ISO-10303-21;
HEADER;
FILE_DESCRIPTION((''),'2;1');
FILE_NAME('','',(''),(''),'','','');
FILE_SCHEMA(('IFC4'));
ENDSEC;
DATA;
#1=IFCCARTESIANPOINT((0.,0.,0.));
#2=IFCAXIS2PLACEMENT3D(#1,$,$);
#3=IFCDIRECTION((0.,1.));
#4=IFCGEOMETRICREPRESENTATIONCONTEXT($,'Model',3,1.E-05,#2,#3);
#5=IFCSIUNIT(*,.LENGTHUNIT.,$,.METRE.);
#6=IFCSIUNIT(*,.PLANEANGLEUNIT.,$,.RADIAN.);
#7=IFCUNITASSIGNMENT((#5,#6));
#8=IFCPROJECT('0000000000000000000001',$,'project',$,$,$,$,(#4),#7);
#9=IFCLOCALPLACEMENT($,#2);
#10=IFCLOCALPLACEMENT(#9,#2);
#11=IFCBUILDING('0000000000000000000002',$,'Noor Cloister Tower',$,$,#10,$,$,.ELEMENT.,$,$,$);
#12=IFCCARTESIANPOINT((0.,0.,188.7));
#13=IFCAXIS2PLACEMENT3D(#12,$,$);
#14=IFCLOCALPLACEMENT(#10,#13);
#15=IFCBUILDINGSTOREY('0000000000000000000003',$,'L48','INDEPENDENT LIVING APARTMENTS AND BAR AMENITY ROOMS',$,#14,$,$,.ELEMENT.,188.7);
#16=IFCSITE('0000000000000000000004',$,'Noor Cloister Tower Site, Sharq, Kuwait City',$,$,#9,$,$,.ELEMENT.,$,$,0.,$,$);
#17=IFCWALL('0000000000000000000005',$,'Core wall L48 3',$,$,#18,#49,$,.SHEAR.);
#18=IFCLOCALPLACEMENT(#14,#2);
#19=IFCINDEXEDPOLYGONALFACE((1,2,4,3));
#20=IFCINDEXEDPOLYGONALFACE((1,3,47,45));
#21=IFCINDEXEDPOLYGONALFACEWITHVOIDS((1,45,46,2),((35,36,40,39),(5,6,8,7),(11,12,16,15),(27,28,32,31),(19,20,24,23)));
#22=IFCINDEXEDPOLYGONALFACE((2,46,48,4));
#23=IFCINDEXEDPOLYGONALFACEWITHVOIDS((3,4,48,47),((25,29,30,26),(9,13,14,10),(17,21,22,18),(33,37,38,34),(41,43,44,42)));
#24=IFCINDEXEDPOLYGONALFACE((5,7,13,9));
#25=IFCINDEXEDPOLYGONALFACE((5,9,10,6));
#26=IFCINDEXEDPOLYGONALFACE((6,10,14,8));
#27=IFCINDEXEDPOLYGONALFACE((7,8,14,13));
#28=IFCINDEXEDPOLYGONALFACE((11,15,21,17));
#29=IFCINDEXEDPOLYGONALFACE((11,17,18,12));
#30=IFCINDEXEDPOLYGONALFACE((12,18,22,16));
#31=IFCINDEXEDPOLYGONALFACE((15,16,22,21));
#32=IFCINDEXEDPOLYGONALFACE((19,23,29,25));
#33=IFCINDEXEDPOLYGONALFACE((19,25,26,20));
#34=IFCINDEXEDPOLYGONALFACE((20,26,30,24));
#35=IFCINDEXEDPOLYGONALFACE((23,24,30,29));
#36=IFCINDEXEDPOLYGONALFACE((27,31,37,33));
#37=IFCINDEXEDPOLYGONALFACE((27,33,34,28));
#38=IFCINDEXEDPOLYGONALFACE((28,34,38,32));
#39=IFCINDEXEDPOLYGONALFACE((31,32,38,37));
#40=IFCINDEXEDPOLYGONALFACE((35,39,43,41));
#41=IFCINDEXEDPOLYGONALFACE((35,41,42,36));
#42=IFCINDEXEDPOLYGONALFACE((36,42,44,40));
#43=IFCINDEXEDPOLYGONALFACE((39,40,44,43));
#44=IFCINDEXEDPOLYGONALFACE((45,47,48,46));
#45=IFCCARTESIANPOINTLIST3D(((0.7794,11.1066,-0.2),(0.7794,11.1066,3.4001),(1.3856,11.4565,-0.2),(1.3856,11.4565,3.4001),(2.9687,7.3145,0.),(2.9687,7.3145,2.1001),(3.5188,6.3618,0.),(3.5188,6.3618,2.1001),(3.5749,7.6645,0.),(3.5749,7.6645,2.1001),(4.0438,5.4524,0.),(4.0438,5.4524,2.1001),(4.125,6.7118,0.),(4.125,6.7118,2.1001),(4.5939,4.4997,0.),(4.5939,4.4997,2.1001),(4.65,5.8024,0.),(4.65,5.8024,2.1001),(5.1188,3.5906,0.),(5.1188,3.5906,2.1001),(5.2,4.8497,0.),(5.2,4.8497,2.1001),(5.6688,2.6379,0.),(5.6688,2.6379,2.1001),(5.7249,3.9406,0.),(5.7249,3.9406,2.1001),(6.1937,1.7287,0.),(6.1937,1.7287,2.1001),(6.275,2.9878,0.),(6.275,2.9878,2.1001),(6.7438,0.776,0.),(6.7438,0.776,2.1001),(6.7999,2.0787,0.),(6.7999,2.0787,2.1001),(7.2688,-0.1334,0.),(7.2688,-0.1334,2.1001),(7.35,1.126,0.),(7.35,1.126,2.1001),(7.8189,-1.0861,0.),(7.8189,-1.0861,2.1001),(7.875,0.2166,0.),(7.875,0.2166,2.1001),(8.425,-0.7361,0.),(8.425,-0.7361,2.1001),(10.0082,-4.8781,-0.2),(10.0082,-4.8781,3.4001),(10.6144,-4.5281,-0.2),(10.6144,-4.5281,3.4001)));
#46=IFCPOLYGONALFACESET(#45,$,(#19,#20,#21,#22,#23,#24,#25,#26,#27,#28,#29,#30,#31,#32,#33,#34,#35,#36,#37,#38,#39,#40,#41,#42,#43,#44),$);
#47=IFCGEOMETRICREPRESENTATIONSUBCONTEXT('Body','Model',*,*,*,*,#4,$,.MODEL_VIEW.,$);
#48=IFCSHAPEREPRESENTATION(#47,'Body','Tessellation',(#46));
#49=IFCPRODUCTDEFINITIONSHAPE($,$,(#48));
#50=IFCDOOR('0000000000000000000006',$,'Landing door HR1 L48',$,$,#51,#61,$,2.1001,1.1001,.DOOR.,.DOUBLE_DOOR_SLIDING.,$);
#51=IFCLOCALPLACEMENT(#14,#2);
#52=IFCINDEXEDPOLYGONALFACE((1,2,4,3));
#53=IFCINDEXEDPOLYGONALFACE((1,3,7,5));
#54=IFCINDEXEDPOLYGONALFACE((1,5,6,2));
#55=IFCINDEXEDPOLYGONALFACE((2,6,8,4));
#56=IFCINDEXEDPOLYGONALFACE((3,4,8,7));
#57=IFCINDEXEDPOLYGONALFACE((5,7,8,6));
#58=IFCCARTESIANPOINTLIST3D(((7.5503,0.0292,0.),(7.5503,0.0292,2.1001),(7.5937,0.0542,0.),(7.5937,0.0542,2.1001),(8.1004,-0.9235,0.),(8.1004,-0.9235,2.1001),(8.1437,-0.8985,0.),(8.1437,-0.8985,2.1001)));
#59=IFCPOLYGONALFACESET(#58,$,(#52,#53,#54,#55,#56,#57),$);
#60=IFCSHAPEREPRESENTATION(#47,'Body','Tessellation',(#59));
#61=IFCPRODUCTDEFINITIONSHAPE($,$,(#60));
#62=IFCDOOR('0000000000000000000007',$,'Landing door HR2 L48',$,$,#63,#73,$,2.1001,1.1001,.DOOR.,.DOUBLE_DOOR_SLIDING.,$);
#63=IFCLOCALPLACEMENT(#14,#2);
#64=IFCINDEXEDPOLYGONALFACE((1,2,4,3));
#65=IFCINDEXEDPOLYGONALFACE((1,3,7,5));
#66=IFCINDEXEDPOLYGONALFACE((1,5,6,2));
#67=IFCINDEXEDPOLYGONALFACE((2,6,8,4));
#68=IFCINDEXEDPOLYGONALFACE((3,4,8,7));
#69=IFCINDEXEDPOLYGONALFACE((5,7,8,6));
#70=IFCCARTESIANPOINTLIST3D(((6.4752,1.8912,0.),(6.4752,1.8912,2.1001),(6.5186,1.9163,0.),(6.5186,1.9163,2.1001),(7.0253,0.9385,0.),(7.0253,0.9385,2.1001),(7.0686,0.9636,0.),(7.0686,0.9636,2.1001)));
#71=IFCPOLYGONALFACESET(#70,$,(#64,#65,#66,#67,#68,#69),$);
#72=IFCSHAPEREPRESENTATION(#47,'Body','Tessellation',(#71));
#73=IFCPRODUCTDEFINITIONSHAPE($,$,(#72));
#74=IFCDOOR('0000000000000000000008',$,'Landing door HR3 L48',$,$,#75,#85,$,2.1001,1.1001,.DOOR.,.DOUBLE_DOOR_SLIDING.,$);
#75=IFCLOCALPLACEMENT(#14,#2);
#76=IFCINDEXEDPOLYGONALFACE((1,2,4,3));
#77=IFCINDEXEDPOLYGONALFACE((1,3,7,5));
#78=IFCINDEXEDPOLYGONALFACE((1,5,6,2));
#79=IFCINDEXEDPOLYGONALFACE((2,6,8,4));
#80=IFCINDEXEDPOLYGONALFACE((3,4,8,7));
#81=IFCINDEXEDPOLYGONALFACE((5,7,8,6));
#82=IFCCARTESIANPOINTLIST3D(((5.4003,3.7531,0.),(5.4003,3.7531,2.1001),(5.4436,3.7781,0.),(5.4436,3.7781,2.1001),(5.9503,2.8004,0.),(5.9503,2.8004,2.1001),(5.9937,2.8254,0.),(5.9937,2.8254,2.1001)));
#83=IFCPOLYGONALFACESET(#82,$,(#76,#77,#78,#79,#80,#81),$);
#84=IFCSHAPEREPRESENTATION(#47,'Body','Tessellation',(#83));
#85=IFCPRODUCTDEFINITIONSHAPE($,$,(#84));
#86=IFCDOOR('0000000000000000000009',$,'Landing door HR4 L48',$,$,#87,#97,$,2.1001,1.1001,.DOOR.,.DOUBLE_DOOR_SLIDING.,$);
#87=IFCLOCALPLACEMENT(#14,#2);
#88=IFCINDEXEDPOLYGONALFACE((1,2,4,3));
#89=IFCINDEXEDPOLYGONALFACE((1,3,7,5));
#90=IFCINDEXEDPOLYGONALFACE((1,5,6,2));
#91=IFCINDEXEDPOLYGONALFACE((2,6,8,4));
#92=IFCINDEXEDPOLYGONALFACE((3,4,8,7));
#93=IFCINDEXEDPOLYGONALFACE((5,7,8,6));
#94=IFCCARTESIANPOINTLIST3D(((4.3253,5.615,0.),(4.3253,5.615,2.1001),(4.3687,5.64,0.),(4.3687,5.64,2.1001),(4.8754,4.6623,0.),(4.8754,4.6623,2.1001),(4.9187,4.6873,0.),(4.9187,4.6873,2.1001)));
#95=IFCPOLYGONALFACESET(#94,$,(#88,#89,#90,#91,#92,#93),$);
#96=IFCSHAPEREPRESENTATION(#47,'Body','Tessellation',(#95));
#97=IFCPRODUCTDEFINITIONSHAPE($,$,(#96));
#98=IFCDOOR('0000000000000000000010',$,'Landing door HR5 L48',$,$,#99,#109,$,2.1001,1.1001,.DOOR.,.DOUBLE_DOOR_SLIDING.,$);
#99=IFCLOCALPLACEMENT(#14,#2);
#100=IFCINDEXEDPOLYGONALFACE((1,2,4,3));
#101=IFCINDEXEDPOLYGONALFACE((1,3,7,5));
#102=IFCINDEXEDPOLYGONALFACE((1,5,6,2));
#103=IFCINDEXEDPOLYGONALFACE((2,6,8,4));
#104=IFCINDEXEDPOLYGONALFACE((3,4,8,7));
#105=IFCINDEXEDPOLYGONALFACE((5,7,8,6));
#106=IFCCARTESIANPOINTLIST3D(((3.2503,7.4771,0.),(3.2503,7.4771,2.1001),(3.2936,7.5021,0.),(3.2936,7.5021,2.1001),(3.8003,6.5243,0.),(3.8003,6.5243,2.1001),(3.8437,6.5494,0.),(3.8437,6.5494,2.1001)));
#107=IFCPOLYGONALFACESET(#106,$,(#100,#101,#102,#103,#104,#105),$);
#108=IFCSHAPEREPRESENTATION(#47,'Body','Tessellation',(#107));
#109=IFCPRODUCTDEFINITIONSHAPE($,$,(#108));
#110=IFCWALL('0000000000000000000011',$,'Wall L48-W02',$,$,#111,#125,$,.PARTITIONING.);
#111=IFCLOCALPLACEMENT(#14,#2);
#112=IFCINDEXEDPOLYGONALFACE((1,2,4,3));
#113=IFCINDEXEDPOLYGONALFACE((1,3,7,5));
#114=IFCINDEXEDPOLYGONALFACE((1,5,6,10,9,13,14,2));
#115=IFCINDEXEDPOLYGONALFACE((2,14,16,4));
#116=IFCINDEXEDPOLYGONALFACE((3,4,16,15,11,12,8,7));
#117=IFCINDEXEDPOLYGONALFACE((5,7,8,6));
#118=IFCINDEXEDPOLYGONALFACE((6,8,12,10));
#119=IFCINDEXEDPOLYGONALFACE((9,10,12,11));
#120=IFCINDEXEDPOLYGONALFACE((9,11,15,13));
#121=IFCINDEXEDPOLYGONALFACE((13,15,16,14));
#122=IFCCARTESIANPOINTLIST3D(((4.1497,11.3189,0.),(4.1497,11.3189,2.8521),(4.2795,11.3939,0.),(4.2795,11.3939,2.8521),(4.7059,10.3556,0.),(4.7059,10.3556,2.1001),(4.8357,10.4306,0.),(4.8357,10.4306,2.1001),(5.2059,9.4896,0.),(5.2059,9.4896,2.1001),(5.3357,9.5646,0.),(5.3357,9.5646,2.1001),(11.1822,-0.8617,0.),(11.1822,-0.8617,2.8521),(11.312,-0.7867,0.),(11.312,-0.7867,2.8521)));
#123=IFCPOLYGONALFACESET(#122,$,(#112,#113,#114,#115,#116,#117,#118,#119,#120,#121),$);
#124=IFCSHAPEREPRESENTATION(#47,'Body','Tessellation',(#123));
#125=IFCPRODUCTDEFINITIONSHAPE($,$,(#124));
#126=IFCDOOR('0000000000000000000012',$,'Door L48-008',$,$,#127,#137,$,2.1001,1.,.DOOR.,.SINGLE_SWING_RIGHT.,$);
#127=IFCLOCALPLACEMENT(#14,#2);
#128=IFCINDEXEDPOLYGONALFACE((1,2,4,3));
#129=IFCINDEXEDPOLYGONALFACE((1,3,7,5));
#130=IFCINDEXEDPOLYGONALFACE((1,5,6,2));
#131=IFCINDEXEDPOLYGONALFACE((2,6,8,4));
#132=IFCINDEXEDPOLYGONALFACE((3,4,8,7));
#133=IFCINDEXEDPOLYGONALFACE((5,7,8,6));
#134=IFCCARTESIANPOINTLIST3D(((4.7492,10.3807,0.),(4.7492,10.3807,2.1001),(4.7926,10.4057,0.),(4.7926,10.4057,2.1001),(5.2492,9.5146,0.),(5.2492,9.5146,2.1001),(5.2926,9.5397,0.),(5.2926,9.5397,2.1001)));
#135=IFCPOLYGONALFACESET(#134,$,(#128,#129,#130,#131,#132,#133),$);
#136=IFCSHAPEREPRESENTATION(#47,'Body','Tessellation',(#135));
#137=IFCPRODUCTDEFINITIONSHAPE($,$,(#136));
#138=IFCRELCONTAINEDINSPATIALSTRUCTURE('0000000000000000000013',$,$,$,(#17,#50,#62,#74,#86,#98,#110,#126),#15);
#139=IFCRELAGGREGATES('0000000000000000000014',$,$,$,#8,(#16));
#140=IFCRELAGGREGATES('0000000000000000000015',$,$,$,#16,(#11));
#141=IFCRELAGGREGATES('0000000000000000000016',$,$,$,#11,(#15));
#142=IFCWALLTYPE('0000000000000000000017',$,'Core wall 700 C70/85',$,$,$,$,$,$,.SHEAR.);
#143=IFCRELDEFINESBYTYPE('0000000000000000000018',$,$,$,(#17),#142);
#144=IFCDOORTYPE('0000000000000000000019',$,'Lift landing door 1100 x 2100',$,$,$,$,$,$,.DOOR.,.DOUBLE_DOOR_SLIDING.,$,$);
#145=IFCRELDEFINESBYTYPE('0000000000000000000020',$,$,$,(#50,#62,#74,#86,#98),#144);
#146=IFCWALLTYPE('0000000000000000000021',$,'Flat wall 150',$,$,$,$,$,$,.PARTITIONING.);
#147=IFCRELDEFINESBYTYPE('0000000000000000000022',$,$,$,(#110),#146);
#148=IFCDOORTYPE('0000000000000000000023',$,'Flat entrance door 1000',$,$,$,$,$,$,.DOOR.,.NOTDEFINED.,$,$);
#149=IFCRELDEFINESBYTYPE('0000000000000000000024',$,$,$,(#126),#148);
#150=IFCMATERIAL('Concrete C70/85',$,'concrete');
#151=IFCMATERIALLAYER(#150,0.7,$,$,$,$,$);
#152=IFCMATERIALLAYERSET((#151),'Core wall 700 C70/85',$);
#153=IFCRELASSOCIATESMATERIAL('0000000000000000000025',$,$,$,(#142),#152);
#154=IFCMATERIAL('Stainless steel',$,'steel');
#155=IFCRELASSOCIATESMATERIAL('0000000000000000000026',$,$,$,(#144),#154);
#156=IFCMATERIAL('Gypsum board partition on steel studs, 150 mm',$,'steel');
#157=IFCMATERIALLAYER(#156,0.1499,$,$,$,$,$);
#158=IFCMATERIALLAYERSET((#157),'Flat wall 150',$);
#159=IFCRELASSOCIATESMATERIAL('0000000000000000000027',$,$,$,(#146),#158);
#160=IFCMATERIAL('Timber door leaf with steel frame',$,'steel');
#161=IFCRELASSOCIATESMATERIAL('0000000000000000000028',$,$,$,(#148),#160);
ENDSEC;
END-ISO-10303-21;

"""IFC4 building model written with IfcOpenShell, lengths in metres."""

from ifc_helpers import new_model, si_unit, direction, frame, frame_2d, origin, place, context, subcontext, project, spatial, rectangle, extrude, material, layer, layer_set, type_object, element, fill, save


model = new_model("IFC4")

# Units and contexts
model_context = context("Model", 3, precision=1e-05, world=origin(), true_north=direction((0.0, 1.0)))
body_context = subcontext(model_context, "Body", "Model", "MODEL_VIEW")
ifc_project = project(units=[si_unit("LENGTHUNIT", "METRE"), si_unit("PLANEANGLEUNIT", "RADIAN")], contexts=[model_context])

# Site, building, storey
site_placement = place(None, origin())
site = spatial("IfcSite", under=ifc_project, at=site_placement, Name="Noor Cloister Tower Site, Sharq, Kuwait City", CompositionType="ELEMENT", RefElevation=0.0)
building_placement = place(site_placement, origin())
building = spatial("IfcBuilding", under=site, at=building_placement, Name="Noor Cloister Tower", CompositionType="ELEMENT")
storey_placement = place(building_placement, frame((0.0, 0.0, 188.7)))
storey = spatial("IfcBuildingStorey", under=building, at=storey_placement, Name="L48", Description="INDEPENDENT LIVING APARTMENTS AND BAR AMENITY ROOMS", CompositionType="ELEMENT", Elevation=188.7)

# Wall, openings, doors
ifc_material_1 = material(Name="Concrete C70/85", Category="concrete")
ifc_layer_1 = layer(ifc_material_1, 0.7)
ifc_layer_set_1 = layer_set([ifc_layer_1], Name="Core wall 700 C70/85")
wall_type_1 = type_object("IfcWallType", Name="Core wall 700 C70/85", PredefinedType="SHEAR", material=ifc_layer_set_1)
wall_1_placement = place(storey_placement, frame((10.3113, -4.7031, -0.2), z_axis=(0.0, 0.0, 1.0), x_axis=(-0.500001, 0.866025, 0.0)))
wall_1 = element("IfcWall", 1, at=wall_1_placement, inside=storey, type_object=wall_type_1, Name="Core wall L48 3", PredefinedType="SHEAR", context=body_context, shape_type="SweptSolid", body=[
    extrude(rectangle(XDim=18.4575, YDim=0.7, at=frame_2d((9.2288, 0.0))), origin(), (0.0, 0.0, 1.0), 3.6001),
])
opening_1_placement = place(wall_1_placement, frame((4.3787, 0.0, 0.2)))
opening_1 = element("IfcOpeningElement", 2, at=opening_1_placement, cuts=wall_1, PredefinedType="OPENING", context=body_context, shape_type="SweptSolid", body=[
    extrude(rectangle(XDim=1.1001, YDim=2.1001, at=frame_2d((0.55, 1.05))), frame((0.0, 0.3599, 0.0), z_axis=(0.0, -1.0, 0.0), x_axis=(1.0, 0.0, 0.0)), (0.0, 0.0, 1.0), 0.72),
])
opening_2_placement = place(wall_1_placement, frame((6.5288, 0.0, 0.2)))
opening_2 = element("IfcOpeningElement", 3, at=opening_2_placement, cuts=wall_1, PredefinedType="OPENING", context=body_context, shape_type="SweptSolid", body=[
    extrude(rectangle(XDim=1.1001, YDim=2.1001, at=frame_2d((0.55, 1.05))), frame((0.0, 0.3599, 0.0), z_axis=(0.0, -1.0, 0.0), x_axis=(1.0, 0.0, 0.0)), (0.0, 0.0, 1.0), 0.72),
])
opening_3_placement = place(wall_1_placement, frame((8.6787, 0.0, 0.2)))
opening_3 = element("IfcOpeningElement", 4, at=opening_3_placement, cuts=wall_1, PredefinedType="OPENING", context=body_context, shape_type="SweptSolid", body=[
    extrude(rectangle(XDim=1.1001, YDim=2.1001, at=frame_2d((0.55, 1.05))), frame((0.0, 0.3599, 0.0), z_axis=(0.0, -1.0, 0.0), x_axis=(1.0, 0.0, 0.0)), (0.0, 0.0, 1.0), 0.72),
])
opening_4_placement = place(wall_1_placement, frame((10.8286, 0.0, 0.2)))
opening_4 = element("IfcOpeningElement", 5, at=opening_4_placement, cuts=wall_1, PredefinedType="OPENING", context=body_context, shape_type="SweptSolid", body=[
    extrude(rectangle(XDim=1.1001, YDim=2.1001, at=frame_2d((0.55, 1.05))), frame((0.0, 0.3599, 0.0), z_axis=(0.0, -1.0, 0.0), x_axis=(1.0, 0.0, 0.0)), (0.0, 0.0, 1.0), 0.72),
])
opening_5_placement = place(wall_1_placement, frame((12.9788, 0.0, 0.2)))
opening_5 = element("IfcOpeningElement", 6, at=opening_5_placement, cuts=wall_1, PredefinedType="OPENING", context=body_context, shape_type="SweptSolid", body=[
    extrude(rectangle(XDim=1.1001, YDim=2.1001, at=frame_2d((0.55, 1.05))), frame((0.0, 0.3599, 0.0), z_axis=(0.0, -1.0, 0.0), x_axis=(1.0, 0.0, 0.0)), (0.0, 0.0, 1.0), 0.72),
])
ifc_material_2 = material(Name="Stainless steel", Category="steel")
door_type_1 = type_object("IfcDoorType", Name="Lift landing door 1100 x 2100", OperationType="DOUBLE_DOOR_SLIDING", PredefinedType="DOOR", material=ifc_material_2)
door_1_placement = place(opening_1_placement, origin())
door_1 = element("IfcDoor", 7, at=door_1_placement, inside=storey, type_object=door_type_1, Name="Landing door HR1 L48", OperationType="DOUBLE_DOOR_SLIDING", OverallHeight=2.1001, OverallWidth=1.1001, PredefinedType="DOOR", context=body_context, shape_type="SweptSolid", body=[
    extrude(rectangle(XDim=1.1001, YDim=2.1001, at=frame_2d((0.55, 1.05))), frame((0.0, 0.0249, 0.0), z_axis=(0.0, -1.0, 0.0), x_axis=(1.0, 0.0, 0.0)), (0.0, 0.0, 1.0), 0.05),
])
fill(opening_1, door_1)
door_2_placement = place(opening_2_placement, origin())
door_2 = element("IfcDoor", 8, at=door_2_placement, inside=storey, type_object=door_type_1, Name="Landing door HR2 L48", OperationType="DOUBLE_DOOR_SLIDING", OverallHeight=2.1001, OverallWidth=1.1001, PredefinedType="DOOR", context=body_context, shape_type="SweptSolid", body=[
    extrude(rectangle(XDim=1.1001, YDim=2.1001, at=frame_2d((0.55, 1.05))), frame((0.0, 0.0249, 0.0), z_axis=(0.0, -1.0, 0.0), x_axis=(1.0, 0.0, 0.0)), (0.0, 0.0, 1.0), 0.05),
])
fill(opening_2, door_2)
door_3_placement = place(opening_3_placement, origin())
door_3 = element("IfcDoor", 9, at=door_3_placement, inside=storey, type_object=door_type_1, Name="Landing door HR3 L48", OperationType="DOUBLE_DOOR_SLIDING", OverallHeight=2.1001, OverallWidth=1.1001, PredefinedType="DOOR", context=body_context, shape_type="SweptSolid", body=[
    extrude(rectangle(XDim=1.1001, YDim=2.1001, at=frame_2d((0.55, 1.05))), frame((0.0, 0.0249, 0.0), z_axis=(0.0, -1.0, 0.0), x_axis=(1.0, 0.0, 0.0)), (0.0, 0.0, 1.0), 0.05),
])
fill(opening_3, door_3)
door_4_placement = place(opening_4_placement, origin())
door_4 = element("IfcDoor", 10, at=door_4_placement, inside=storey, type_object=door_type_1, Name="Landing door HR4 L48", OperationType="DOUBLE_DOOR_SLIDING", OverallHeight=2.1001, OverallWidth=1.1001, PredefinedType="DOOR", context=body_context, shape_type="SweptSolid", body=[
    extrude(rectangle(XDim=1.1001, YDim=2.1001, at=frame_2d((0.55, 1.05))), frame((0.0, 0.0249, 0.0), z_axis=(0.0, -1.0, 0.0), x_axis=(1.0, 0.0, 0.0)), (0.0, 0.0, 1.0), 0.05),
])
fill(opening_4, door_4)
door_5_placement = place(opening_5_placement, origin())
door_5 = element("IfcDoor", 11, at=door_5_placement, inside=storey, type_object=door_type_1, Name="Landing door HR5 L48", OperationType="DOUBLE_DOOR_SLIDING", OverallHeight=2.1001, OverallWidth=1.1001, PredefinedType="DOOR", context=body_context, shape_type="SweptSolid", body=[
    extrude(rectangle(XDim=1.1001, YDim=2.1001, at=frame_2d((0.55, 1.05))), frame((0.0, 0.0249, 0.0), z_axis=(0.0, -1.0, 0.0), x_axis=(1.0, 0.0, 0.0)), (0.0, 0.0, 1.0), 0.05),
])
fill(opening_5, door_5)

# Wall, opening, door
ifc_material_3 = material(Name="Gypsum board partition on steel studs, 150 mm", Category="steel")
ifc_layer_2 = layer(ifc_material_3, 0.1499)
ifc_layer_set_2 = layer_set([ifc_layer_2], Name="Flat wall 150")
wall_type_2 = type_object("IfcWallType", Name="Flat wall 150", PredefinedType="PARTITIONING", material=ifc_layer_set_2)
wall_2_placement = place(storey_placement, frame((11.2471, -0.8242, 0.0), z_axis=(0.0, 0.0, 1.0), x_axis=(-0.499998, 0.866027, 0.0)))
wall_2 = element("IfcWall", 12, at=wall_2_placement, inside=storey, type_object=wall_type_2, Name="Wall L48-W02", PredefinedType="PARTITIONING", context=body_context, shape_type="SweptSolid", body=[
    extrude(rectangle(XDim=14.0649, YDim=0.1499, at=frame_2d((7.0325, 0.0))), origin(), (0.0, 0.0, 1.0), 2.8521),
])
opening_6_placement = place(wall_2_placement, frame((11.9526, 0.0, 0.0)))
opening_6 = element("IfcOpeningElement", 13, at=opening_6_placement, cuts=wall_2, PredefinedType="OPENING", context=body_context, shape_type="SweptSolid", body=[
    extrude(rectangle(XDim=1.0, YDim=2.1001, at=frame_2d((0.5, 1.05))), frame((0.0, 0.085, 0.0), z_axis=(0.0, -1.0, 0.0), x_axis=(1.0, 0.0, 0.0)), (0.0, 0.0, 1.0), 0.1699),
])
ifc_material_4 = material(Name="Timber door leaf with steel frame", Category="steel")
door_type_2 = type_object("IfcDoorType", Name="Flat entrance door 1000", OperationType="NOTDEFINED", PredefinedType="DOOR", material=ifc_material_4)
door_6_placement = place(opening_6_placement, origin())
door_6 = element("IfcDoor", 14, at=door_6_placement, inside=storey, type_object=door_type_2, Name="Door L48-008", OperationType="SINGLE_SWING_RIGHT", OverallHeight=2.1001, OverallWidth=1.0, PredefinedType="DOOR", context=body_context, shape_type="SweptSolid", body=[
    extrude(rectangle(XDim=1.0, YDim=2.1001, at=frame_2d((0.5, 1.05))), frame((0.0, 0.0249, 0.0), z_axis=(0.0, -1.0, 0.0), x_axis=(1.0, 0.0, 0.0)), (0.0, 0.0, 1.0), 0.05),
])
fill(opening_6, door_6)

save(model, "model.ifc")
